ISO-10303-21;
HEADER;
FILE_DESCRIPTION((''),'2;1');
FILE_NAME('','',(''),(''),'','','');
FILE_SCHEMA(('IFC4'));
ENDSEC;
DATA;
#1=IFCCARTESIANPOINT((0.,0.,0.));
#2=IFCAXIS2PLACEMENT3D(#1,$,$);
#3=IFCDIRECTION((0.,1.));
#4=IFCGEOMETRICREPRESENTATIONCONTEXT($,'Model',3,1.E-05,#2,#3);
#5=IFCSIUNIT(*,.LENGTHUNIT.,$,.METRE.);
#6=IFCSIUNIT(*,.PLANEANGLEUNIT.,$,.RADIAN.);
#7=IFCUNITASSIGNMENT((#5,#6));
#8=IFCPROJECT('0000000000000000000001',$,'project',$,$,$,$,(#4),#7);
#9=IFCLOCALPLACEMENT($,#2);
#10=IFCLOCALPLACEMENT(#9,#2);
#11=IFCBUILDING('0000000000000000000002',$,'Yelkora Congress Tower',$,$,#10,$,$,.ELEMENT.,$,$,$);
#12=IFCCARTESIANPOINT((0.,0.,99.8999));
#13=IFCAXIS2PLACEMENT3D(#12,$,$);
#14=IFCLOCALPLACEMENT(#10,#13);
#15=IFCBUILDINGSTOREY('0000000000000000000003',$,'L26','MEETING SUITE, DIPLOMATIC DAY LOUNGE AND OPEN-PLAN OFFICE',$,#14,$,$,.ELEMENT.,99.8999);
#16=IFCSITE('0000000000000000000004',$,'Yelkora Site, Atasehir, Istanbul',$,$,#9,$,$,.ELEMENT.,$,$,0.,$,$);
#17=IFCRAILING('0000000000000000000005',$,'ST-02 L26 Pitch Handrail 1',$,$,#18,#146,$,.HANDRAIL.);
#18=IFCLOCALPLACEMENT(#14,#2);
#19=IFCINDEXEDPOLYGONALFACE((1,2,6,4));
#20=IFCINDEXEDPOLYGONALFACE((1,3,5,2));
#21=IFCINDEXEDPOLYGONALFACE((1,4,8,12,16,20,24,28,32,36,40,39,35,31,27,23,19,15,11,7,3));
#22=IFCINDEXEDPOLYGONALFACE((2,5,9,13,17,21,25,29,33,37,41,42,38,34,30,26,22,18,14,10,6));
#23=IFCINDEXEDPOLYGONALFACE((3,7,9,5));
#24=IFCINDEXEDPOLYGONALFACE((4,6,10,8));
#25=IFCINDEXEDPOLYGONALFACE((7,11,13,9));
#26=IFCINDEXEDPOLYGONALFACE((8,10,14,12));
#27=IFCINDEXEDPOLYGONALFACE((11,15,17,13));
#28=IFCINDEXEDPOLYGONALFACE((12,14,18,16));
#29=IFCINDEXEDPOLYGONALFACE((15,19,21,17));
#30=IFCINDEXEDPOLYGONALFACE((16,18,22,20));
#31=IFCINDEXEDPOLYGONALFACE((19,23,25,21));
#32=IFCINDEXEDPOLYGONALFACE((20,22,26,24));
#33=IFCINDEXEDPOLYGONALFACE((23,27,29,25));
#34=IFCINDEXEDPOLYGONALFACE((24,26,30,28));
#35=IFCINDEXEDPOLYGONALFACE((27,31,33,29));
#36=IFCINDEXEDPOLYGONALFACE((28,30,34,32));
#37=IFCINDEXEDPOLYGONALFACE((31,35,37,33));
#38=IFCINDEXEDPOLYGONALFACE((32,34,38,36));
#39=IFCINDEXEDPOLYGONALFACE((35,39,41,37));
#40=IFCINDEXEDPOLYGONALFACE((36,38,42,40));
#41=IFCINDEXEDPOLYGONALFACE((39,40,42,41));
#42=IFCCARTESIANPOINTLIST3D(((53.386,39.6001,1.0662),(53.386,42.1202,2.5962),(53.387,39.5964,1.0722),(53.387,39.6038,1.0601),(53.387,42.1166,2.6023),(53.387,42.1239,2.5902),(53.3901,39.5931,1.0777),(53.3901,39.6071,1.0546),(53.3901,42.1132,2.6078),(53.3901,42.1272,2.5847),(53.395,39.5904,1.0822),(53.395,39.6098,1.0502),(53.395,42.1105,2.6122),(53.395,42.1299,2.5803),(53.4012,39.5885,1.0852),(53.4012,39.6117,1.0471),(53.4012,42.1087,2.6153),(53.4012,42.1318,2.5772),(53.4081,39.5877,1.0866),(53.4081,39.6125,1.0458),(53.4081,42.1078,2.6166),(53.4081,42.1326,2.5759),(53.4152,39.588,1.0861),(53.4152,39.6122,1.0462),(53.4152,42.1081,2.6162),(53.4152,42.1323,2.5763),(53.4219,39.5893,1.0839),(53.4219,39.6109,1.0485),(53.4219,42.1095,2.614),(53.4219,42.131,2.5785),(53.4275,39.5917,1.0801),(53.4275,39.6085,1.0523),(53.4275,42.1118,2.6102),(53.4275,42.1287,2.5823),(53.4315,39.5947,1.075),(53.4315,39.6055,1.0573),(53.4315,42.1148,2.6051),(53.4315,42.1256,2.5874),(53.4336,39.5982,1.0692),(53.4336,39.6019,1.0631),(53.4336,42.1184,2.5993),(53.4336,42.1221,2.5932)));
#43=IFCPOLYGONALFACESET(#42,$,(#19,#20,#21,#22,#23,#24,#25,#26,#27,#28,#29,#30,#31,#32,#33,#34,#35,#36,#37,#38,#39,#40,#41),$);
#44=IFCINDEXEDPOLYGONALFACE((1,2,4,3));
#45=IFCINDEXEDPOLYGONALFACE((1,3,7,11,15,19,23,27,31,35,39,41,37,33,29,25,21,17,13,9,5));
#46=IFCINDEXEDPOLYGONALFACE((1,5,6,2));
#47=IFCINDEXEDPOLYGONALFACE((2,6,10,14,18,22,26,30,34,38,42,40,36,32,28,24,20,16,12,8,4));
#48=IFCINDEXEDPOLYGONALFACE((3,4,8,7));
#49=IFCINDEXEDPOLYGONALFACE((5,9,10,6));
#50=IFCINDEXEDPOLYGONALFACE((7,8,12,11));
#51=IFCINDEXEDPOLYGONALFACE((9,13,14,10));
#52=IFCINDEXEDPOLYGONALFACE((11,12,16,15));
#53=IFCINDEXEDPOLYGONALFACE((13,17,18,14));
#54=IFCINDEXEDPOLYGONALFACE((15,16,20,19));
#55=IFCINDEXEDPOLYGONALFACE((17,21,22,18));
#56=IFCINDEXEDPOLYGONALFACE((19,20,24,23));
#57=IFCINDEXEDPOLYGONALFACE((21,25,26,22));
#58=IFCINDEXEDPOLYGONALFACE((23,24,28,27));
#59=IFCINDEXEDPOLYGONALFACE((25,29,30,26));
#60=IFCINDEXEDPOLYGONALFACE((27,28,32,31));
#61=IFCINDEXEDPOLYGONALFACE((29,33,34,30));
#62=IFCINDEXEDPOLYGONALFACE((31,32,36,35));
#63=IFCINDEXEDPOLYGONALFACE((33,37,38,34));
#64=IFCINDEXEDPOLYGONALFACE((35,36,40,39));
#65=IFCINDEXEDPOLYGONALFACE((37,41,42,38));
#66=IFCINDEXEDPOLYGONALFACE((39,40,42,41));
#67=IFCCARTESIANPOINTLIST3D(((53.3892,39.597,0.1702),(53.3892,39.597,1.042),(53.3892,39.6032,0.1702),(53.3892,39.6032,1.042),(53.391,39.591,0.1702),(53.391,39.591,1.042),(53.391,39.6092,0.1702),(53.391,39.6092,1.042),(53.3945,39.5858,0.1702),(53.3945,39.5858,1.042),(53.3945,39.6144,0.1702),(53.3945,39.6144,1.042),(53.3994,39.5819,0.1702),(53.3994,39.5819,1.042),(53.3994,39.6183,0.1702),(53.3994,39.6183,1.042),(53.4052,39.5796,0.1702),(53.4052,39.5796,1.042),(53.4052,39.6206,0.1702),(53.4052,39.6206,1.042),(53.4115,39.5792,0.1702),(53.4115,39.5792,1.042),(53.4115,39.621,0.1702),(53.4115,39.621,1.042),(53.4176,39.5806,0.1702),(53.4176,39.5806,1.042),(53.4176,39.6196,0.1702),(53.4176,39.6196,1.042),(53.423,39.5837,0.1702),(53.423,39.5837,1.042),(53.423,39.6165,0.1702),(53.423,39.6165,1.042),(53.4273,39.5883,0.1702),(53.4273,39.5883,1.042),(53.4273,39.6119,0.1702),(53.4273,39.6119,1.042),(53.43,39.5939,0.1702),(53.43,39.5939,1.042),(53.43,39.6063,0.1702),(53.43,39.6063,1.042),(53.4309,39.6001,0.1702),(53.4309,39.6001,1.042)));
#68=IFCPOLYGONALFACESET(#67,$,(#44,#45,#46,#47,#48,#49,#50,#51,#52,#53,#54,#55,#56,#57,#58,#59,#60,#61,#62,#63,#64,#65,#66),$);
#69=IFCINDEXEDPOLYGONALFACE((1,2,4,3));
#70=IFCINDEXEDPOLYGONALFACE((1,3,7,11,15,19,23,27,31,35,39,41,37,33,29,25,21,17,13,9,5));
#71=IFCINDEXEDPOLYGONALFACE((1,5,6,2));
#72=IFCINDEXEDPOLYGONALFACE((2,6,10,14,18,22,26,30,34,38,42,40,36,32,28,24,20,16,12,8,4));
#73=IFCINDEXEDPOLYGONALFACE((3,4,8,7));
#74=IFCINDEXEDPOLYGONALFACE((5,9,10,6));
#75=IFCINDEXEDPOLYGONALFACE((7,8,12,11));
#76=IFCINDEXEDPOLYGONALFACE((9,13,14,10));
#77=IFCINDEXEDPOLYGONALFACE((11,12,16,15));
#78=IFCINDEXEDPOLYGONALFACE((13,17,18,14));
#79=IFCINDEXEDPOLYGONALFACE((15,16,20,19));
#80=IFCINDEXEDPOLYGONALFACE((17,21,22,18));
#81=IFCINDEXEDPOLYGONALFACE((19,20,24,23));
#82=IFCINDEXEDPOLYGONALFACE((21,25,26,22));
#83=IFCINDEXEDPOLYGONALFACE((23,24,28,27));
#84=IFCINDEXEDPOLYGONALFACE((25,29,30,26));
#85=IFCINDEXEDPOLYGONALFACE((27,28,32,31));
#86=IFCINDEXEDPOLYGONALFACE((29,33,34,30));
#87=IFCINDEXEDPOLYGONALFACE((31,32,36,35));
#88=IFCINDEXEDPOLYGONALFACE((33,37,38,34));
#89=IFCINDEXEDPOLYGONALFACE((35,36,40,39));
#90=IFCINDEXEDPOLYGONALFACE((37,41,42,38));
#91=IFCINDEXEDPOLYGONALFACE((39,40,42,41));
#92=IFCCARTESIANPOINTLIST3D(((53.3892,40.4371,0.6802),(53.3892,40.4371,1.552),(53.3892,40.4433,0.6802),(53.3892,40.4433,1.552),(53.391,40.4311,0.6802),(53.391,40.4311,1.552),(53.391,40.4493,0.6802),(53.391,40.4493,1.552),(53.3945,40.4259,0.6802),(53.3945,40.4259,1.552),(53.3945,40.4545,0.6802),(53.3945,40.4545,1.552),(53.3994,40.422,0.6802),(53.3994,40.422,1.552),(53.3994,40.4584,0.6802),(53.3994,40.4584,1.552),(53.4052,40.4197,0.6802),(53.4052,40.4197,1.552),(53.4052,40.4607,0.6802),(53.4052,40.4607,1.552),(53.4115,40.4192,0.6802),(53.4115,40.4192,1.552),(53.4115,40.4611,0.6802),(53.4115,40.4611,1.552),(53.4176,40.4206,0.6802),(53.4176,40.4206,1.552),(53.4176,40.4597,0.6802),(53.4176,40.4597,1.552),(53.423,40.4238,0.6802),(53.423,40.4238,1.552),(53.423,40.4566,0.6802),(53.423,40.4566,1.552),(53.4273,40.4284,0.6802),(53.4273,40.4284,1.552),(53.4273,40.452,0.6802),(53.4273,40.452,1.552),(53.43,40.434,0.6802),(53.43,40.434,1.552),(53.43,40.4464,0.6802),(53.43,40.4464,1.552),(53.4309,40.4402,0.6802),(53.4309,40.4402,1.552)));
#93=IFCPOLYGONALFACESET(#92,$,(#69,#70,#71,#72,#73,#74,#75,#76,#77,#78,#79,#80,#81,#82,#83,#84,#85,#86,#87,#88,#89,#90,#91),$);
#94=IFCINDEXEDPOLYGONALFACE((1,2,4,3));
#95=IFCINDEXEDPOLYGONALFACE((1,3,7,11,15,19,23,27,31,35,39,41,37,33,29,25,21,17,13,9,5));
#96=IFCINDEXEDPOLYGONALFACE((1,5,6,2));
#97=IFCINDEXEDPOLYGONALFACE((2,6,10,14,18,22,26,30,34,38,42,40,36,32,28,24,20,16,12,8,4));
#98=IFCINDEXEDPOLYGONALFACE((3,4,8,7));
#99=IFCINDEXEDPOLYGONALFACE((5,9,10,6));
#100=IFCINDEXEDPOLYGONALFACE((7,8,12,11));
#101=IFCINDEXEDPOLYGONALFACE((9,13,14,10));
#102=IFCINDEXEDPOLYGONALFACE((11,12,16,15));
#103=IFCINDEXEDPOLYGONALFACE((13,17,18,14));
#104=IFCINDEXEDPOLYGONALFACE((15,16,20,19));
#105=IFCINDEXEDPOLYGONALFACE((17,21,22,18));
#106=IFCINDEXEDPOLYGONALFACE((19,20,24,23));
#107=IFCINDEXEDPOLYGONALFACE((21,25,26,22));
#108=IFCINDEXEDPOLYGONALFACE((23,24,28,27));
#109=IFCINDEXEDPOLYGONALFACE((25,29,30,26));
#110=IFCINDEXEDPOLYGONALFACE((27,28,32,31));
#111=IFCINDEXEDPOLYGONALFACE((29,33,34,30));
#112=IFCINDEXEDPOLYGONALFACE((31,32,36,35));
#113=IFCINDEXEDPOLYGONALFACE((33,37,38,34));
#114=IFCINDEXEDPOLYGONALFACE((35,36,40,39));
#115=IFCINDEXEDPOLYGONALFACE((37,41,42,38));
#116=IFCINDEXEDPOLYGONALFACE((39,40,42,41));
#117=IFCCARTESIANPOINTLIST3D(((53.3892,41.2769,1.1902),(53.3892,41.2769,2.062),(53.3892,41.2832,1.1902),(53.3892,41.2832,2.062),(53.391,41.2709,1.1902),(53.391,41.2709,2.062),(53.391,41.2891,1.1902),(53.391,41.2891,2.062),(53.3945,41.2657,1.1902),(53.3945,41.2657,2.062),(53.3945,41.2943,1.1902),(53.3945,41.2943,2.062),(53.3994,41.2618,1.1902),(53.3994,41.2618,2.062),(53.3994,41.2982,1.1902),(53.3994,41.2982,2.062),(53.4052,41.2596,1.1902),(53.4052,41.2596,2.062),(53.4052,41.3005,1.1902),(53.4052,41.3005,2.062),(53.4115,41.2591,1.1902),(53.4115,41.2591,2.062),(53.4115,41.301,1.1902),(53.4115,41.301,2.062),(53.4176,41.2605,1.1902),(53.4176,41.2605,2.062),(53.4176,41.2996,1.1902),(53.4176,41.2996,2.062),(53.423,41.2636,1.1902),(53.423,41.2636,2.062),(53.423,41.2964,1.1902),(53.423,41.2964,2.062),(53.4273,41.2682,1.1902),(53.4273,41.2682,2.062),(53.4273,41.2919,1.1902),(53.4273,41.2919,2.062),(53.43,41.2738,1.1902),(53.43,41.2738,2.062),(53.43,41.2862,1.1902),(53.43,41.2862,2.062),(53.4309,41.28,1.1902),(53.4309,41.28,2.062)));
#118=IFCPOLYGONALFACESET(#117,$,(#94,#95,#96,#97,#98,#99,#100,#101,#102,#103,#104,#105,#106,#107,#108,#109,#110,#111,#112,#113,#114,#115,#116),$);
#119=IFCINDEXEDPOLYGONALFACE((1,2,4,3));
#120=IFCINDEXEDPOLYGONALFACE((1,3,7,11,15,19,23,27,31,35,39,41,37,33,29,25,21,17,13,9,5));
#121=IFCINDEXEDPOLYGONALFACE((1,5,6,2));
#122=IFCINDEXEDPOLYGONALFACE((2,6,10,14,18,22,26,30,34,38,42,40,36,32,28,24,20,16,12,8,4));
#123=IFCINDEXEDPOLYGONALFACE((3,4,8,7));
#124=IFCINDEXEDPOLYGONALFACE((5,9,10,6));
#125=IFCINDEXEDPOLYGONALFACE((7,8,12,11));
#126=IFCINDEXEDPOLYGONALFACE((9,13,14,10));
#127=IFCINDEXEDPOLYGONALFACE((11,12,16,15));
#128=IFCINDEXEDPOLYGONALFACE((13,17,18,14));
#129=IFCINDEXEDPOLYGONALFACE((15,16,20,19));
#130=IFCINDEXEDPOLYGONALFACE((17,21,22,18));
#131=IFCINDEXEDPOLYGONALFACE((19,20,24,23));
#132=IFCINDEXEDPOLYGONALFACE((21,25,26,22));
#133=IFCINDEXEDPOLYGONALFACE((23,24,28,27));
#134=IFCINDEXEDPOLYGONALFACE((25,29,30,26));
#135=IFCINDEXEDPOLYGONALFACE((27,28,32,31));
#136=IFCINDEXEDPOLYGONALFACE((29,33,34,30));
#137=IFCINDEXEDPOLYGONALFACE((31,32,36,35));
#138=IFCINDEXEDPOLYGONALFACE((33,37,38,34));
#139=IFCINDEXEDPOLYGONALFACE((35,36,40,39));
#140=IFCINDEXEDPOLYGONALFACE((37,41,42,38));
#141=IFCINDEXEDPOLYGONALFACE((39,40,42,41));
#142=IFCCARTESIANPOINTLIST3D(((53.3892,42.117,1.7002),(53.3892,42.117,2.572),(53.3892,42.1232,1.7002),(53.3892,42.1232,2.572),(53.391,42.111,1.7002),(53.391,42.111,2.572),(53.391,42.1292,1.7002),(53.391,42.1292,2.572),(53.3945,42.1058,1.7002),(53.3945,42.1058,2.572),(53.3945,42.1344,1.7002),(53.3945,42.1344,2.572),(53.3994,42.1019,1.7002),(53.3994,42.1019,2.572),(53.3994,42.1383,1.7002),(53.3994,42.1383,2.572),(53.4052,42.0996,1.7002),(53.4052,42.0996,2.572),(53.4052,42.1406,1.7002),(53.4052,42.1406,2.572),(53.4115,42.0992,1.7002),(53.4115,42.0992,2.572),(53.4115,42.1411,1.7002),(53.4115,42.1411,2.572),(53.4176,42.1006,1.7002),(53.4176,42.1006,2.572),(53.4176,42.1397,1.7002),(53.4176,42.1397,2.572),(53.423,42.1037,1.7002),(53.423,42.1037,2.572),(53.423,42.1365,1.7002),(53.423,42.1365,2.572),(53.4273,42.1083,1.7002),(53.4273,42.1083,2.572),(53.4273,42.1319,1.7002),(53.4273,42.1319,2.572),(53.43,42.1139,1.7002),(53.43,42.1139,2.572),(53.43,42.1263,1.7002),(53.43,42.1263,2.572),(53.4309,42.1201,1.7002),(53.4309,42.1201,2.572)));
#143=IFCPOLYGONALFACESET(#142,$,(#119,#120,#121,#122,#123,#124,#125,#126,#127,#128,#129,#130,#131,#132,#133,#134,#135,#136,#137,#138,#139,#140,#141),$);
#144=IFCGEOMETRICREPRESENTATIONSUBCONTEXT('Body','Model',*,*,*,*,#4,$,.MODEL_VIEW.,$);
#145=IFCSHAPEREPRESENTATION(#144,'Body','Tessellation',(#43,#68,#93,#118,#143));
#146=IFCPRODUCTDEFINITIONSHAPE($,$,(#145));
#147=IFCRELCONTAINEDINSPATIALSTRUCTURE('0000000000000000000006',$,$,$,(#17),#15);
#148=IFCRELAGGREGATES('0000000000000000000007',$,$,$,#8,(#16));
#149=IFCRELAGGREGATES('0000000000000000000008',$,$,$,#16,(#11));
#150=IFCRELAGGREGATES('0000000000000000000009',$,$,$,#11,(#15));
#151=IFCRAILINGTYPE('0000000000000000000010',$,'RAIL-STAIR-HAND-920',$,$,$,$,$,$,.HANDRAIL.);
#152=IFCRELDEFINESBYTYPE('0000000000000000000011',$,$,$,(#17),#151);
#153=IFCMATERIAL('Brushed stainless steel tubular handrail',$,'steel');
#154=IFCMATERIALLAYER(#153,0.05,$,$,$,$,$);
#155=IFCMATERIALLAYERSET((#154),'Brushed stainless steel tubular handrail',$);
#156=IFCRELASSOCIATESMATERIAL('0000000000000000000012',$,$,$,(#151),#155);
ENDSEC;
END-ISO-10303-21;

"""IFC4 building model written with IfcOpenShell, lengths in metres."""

from ifc_helpers import new_model, si_unit, direction, frame, origin, origin_2d, place, context, subcontext, project, spatial, circle, extrude, material, layer, layer_set, type_object, element, save


model = new_model("IFC4")

# Units and contexts
model_context = context("Model", 3, precision=1e-05, world=origin(), true_north=direction((0.0, 1.0)))
body_context = subcontext(model_context, "Body", "Model", "MODEL_VIEW")
ifc_project = project(units=[si_unit("LENGTHUNIT", "METRE"), si_unit("PLANEANGLEUNIT", "RADIAN")], contexts=[model_context])

# Site, building, storey
site_placement = place(None, origin())
site = spatial("IfcSite", under=ifc_project, at=site_placement, Name="Yelkora Site, Atasehir, Istanbul", CompositionType="ELEMENT", RefElevation=0.0)
building_placement = place(site_placement, origin())
building = spatial("IfcBuilding", under=site, at=building_placement, Name="Yelkora Congress Tower", CompositionType="ELEMENT")
storey_placement = place(building_placement, frame((0.0, 0.0, 99.8999)))
storey = spatial("IfcBuildingStorey", under=building, at=storey_placement, Name="L26", Description="MEETING SUITE, DIPLOMATIC DAY LOUNGE AND OPEN-PLAN OFFICE", CompositionType="ELEMENT", Elevation=99.8999)

# Railing
ifc_material_1 = material(Name="Brushed stainless steel tubular handrail", Category="steel")
ifc_layer_1 = layer(ifc_material_1, 0.05)
ifc_layer_set_1 = layer_set([ifc_layer_1], Name="Brushed stainless steel tubular handrail")
railing_type_1 = type_object("IfcRailingType", Name="RAIL-STAIR-HAND-920", PredefinedType="HANDRAIL", material=ifc_layer_set_1)
railing_1_placement = place(storey_placement, frame((53.4099, 39.6001, 0.1702)))
element("IfcRailing", 1, at=railing_1_placement, inside=storey, type_object=railing_type_1, Name="ST-02 L26 Pitch Handrail 1", PredefinedType="HANDRAIL", context=body_context, shape_type="SweptSolid", body=[
    extrude(circle(Radius=0.0239, at=origin_2d()), frame((0.0, 0.0, 0.896), z_axis=(0.0, 0.854785, 0.518982), x_axis=(-1.0, 0.0, 0.0)), (0.0, 0.0, 1.0), 2.9482),
    extrude(circle(Radius=0.021, at=origin_2d()), origin(), (0.0, 0.0, 1.0), 0.8718),
    extrude(circle(Radius=0.021, at=origin_2d()), frame((0.0, 0.8401, 0.51)), (0.0, 0.0, 1.0), 0.8718),
    extrude(circle(Radius=0.021, at=origin_2d()), frame((0.0, 1.6799, 1.02)), (0.0, 0.0, 1.0), 0.8718),
    extrude(circle(Radius=0.021, at=origin_2d()), frame((0.0, 2.52, 1.53)), (0.0, 0.0, 1.0), 0.8718),
])

save(model, "model.ifc")
